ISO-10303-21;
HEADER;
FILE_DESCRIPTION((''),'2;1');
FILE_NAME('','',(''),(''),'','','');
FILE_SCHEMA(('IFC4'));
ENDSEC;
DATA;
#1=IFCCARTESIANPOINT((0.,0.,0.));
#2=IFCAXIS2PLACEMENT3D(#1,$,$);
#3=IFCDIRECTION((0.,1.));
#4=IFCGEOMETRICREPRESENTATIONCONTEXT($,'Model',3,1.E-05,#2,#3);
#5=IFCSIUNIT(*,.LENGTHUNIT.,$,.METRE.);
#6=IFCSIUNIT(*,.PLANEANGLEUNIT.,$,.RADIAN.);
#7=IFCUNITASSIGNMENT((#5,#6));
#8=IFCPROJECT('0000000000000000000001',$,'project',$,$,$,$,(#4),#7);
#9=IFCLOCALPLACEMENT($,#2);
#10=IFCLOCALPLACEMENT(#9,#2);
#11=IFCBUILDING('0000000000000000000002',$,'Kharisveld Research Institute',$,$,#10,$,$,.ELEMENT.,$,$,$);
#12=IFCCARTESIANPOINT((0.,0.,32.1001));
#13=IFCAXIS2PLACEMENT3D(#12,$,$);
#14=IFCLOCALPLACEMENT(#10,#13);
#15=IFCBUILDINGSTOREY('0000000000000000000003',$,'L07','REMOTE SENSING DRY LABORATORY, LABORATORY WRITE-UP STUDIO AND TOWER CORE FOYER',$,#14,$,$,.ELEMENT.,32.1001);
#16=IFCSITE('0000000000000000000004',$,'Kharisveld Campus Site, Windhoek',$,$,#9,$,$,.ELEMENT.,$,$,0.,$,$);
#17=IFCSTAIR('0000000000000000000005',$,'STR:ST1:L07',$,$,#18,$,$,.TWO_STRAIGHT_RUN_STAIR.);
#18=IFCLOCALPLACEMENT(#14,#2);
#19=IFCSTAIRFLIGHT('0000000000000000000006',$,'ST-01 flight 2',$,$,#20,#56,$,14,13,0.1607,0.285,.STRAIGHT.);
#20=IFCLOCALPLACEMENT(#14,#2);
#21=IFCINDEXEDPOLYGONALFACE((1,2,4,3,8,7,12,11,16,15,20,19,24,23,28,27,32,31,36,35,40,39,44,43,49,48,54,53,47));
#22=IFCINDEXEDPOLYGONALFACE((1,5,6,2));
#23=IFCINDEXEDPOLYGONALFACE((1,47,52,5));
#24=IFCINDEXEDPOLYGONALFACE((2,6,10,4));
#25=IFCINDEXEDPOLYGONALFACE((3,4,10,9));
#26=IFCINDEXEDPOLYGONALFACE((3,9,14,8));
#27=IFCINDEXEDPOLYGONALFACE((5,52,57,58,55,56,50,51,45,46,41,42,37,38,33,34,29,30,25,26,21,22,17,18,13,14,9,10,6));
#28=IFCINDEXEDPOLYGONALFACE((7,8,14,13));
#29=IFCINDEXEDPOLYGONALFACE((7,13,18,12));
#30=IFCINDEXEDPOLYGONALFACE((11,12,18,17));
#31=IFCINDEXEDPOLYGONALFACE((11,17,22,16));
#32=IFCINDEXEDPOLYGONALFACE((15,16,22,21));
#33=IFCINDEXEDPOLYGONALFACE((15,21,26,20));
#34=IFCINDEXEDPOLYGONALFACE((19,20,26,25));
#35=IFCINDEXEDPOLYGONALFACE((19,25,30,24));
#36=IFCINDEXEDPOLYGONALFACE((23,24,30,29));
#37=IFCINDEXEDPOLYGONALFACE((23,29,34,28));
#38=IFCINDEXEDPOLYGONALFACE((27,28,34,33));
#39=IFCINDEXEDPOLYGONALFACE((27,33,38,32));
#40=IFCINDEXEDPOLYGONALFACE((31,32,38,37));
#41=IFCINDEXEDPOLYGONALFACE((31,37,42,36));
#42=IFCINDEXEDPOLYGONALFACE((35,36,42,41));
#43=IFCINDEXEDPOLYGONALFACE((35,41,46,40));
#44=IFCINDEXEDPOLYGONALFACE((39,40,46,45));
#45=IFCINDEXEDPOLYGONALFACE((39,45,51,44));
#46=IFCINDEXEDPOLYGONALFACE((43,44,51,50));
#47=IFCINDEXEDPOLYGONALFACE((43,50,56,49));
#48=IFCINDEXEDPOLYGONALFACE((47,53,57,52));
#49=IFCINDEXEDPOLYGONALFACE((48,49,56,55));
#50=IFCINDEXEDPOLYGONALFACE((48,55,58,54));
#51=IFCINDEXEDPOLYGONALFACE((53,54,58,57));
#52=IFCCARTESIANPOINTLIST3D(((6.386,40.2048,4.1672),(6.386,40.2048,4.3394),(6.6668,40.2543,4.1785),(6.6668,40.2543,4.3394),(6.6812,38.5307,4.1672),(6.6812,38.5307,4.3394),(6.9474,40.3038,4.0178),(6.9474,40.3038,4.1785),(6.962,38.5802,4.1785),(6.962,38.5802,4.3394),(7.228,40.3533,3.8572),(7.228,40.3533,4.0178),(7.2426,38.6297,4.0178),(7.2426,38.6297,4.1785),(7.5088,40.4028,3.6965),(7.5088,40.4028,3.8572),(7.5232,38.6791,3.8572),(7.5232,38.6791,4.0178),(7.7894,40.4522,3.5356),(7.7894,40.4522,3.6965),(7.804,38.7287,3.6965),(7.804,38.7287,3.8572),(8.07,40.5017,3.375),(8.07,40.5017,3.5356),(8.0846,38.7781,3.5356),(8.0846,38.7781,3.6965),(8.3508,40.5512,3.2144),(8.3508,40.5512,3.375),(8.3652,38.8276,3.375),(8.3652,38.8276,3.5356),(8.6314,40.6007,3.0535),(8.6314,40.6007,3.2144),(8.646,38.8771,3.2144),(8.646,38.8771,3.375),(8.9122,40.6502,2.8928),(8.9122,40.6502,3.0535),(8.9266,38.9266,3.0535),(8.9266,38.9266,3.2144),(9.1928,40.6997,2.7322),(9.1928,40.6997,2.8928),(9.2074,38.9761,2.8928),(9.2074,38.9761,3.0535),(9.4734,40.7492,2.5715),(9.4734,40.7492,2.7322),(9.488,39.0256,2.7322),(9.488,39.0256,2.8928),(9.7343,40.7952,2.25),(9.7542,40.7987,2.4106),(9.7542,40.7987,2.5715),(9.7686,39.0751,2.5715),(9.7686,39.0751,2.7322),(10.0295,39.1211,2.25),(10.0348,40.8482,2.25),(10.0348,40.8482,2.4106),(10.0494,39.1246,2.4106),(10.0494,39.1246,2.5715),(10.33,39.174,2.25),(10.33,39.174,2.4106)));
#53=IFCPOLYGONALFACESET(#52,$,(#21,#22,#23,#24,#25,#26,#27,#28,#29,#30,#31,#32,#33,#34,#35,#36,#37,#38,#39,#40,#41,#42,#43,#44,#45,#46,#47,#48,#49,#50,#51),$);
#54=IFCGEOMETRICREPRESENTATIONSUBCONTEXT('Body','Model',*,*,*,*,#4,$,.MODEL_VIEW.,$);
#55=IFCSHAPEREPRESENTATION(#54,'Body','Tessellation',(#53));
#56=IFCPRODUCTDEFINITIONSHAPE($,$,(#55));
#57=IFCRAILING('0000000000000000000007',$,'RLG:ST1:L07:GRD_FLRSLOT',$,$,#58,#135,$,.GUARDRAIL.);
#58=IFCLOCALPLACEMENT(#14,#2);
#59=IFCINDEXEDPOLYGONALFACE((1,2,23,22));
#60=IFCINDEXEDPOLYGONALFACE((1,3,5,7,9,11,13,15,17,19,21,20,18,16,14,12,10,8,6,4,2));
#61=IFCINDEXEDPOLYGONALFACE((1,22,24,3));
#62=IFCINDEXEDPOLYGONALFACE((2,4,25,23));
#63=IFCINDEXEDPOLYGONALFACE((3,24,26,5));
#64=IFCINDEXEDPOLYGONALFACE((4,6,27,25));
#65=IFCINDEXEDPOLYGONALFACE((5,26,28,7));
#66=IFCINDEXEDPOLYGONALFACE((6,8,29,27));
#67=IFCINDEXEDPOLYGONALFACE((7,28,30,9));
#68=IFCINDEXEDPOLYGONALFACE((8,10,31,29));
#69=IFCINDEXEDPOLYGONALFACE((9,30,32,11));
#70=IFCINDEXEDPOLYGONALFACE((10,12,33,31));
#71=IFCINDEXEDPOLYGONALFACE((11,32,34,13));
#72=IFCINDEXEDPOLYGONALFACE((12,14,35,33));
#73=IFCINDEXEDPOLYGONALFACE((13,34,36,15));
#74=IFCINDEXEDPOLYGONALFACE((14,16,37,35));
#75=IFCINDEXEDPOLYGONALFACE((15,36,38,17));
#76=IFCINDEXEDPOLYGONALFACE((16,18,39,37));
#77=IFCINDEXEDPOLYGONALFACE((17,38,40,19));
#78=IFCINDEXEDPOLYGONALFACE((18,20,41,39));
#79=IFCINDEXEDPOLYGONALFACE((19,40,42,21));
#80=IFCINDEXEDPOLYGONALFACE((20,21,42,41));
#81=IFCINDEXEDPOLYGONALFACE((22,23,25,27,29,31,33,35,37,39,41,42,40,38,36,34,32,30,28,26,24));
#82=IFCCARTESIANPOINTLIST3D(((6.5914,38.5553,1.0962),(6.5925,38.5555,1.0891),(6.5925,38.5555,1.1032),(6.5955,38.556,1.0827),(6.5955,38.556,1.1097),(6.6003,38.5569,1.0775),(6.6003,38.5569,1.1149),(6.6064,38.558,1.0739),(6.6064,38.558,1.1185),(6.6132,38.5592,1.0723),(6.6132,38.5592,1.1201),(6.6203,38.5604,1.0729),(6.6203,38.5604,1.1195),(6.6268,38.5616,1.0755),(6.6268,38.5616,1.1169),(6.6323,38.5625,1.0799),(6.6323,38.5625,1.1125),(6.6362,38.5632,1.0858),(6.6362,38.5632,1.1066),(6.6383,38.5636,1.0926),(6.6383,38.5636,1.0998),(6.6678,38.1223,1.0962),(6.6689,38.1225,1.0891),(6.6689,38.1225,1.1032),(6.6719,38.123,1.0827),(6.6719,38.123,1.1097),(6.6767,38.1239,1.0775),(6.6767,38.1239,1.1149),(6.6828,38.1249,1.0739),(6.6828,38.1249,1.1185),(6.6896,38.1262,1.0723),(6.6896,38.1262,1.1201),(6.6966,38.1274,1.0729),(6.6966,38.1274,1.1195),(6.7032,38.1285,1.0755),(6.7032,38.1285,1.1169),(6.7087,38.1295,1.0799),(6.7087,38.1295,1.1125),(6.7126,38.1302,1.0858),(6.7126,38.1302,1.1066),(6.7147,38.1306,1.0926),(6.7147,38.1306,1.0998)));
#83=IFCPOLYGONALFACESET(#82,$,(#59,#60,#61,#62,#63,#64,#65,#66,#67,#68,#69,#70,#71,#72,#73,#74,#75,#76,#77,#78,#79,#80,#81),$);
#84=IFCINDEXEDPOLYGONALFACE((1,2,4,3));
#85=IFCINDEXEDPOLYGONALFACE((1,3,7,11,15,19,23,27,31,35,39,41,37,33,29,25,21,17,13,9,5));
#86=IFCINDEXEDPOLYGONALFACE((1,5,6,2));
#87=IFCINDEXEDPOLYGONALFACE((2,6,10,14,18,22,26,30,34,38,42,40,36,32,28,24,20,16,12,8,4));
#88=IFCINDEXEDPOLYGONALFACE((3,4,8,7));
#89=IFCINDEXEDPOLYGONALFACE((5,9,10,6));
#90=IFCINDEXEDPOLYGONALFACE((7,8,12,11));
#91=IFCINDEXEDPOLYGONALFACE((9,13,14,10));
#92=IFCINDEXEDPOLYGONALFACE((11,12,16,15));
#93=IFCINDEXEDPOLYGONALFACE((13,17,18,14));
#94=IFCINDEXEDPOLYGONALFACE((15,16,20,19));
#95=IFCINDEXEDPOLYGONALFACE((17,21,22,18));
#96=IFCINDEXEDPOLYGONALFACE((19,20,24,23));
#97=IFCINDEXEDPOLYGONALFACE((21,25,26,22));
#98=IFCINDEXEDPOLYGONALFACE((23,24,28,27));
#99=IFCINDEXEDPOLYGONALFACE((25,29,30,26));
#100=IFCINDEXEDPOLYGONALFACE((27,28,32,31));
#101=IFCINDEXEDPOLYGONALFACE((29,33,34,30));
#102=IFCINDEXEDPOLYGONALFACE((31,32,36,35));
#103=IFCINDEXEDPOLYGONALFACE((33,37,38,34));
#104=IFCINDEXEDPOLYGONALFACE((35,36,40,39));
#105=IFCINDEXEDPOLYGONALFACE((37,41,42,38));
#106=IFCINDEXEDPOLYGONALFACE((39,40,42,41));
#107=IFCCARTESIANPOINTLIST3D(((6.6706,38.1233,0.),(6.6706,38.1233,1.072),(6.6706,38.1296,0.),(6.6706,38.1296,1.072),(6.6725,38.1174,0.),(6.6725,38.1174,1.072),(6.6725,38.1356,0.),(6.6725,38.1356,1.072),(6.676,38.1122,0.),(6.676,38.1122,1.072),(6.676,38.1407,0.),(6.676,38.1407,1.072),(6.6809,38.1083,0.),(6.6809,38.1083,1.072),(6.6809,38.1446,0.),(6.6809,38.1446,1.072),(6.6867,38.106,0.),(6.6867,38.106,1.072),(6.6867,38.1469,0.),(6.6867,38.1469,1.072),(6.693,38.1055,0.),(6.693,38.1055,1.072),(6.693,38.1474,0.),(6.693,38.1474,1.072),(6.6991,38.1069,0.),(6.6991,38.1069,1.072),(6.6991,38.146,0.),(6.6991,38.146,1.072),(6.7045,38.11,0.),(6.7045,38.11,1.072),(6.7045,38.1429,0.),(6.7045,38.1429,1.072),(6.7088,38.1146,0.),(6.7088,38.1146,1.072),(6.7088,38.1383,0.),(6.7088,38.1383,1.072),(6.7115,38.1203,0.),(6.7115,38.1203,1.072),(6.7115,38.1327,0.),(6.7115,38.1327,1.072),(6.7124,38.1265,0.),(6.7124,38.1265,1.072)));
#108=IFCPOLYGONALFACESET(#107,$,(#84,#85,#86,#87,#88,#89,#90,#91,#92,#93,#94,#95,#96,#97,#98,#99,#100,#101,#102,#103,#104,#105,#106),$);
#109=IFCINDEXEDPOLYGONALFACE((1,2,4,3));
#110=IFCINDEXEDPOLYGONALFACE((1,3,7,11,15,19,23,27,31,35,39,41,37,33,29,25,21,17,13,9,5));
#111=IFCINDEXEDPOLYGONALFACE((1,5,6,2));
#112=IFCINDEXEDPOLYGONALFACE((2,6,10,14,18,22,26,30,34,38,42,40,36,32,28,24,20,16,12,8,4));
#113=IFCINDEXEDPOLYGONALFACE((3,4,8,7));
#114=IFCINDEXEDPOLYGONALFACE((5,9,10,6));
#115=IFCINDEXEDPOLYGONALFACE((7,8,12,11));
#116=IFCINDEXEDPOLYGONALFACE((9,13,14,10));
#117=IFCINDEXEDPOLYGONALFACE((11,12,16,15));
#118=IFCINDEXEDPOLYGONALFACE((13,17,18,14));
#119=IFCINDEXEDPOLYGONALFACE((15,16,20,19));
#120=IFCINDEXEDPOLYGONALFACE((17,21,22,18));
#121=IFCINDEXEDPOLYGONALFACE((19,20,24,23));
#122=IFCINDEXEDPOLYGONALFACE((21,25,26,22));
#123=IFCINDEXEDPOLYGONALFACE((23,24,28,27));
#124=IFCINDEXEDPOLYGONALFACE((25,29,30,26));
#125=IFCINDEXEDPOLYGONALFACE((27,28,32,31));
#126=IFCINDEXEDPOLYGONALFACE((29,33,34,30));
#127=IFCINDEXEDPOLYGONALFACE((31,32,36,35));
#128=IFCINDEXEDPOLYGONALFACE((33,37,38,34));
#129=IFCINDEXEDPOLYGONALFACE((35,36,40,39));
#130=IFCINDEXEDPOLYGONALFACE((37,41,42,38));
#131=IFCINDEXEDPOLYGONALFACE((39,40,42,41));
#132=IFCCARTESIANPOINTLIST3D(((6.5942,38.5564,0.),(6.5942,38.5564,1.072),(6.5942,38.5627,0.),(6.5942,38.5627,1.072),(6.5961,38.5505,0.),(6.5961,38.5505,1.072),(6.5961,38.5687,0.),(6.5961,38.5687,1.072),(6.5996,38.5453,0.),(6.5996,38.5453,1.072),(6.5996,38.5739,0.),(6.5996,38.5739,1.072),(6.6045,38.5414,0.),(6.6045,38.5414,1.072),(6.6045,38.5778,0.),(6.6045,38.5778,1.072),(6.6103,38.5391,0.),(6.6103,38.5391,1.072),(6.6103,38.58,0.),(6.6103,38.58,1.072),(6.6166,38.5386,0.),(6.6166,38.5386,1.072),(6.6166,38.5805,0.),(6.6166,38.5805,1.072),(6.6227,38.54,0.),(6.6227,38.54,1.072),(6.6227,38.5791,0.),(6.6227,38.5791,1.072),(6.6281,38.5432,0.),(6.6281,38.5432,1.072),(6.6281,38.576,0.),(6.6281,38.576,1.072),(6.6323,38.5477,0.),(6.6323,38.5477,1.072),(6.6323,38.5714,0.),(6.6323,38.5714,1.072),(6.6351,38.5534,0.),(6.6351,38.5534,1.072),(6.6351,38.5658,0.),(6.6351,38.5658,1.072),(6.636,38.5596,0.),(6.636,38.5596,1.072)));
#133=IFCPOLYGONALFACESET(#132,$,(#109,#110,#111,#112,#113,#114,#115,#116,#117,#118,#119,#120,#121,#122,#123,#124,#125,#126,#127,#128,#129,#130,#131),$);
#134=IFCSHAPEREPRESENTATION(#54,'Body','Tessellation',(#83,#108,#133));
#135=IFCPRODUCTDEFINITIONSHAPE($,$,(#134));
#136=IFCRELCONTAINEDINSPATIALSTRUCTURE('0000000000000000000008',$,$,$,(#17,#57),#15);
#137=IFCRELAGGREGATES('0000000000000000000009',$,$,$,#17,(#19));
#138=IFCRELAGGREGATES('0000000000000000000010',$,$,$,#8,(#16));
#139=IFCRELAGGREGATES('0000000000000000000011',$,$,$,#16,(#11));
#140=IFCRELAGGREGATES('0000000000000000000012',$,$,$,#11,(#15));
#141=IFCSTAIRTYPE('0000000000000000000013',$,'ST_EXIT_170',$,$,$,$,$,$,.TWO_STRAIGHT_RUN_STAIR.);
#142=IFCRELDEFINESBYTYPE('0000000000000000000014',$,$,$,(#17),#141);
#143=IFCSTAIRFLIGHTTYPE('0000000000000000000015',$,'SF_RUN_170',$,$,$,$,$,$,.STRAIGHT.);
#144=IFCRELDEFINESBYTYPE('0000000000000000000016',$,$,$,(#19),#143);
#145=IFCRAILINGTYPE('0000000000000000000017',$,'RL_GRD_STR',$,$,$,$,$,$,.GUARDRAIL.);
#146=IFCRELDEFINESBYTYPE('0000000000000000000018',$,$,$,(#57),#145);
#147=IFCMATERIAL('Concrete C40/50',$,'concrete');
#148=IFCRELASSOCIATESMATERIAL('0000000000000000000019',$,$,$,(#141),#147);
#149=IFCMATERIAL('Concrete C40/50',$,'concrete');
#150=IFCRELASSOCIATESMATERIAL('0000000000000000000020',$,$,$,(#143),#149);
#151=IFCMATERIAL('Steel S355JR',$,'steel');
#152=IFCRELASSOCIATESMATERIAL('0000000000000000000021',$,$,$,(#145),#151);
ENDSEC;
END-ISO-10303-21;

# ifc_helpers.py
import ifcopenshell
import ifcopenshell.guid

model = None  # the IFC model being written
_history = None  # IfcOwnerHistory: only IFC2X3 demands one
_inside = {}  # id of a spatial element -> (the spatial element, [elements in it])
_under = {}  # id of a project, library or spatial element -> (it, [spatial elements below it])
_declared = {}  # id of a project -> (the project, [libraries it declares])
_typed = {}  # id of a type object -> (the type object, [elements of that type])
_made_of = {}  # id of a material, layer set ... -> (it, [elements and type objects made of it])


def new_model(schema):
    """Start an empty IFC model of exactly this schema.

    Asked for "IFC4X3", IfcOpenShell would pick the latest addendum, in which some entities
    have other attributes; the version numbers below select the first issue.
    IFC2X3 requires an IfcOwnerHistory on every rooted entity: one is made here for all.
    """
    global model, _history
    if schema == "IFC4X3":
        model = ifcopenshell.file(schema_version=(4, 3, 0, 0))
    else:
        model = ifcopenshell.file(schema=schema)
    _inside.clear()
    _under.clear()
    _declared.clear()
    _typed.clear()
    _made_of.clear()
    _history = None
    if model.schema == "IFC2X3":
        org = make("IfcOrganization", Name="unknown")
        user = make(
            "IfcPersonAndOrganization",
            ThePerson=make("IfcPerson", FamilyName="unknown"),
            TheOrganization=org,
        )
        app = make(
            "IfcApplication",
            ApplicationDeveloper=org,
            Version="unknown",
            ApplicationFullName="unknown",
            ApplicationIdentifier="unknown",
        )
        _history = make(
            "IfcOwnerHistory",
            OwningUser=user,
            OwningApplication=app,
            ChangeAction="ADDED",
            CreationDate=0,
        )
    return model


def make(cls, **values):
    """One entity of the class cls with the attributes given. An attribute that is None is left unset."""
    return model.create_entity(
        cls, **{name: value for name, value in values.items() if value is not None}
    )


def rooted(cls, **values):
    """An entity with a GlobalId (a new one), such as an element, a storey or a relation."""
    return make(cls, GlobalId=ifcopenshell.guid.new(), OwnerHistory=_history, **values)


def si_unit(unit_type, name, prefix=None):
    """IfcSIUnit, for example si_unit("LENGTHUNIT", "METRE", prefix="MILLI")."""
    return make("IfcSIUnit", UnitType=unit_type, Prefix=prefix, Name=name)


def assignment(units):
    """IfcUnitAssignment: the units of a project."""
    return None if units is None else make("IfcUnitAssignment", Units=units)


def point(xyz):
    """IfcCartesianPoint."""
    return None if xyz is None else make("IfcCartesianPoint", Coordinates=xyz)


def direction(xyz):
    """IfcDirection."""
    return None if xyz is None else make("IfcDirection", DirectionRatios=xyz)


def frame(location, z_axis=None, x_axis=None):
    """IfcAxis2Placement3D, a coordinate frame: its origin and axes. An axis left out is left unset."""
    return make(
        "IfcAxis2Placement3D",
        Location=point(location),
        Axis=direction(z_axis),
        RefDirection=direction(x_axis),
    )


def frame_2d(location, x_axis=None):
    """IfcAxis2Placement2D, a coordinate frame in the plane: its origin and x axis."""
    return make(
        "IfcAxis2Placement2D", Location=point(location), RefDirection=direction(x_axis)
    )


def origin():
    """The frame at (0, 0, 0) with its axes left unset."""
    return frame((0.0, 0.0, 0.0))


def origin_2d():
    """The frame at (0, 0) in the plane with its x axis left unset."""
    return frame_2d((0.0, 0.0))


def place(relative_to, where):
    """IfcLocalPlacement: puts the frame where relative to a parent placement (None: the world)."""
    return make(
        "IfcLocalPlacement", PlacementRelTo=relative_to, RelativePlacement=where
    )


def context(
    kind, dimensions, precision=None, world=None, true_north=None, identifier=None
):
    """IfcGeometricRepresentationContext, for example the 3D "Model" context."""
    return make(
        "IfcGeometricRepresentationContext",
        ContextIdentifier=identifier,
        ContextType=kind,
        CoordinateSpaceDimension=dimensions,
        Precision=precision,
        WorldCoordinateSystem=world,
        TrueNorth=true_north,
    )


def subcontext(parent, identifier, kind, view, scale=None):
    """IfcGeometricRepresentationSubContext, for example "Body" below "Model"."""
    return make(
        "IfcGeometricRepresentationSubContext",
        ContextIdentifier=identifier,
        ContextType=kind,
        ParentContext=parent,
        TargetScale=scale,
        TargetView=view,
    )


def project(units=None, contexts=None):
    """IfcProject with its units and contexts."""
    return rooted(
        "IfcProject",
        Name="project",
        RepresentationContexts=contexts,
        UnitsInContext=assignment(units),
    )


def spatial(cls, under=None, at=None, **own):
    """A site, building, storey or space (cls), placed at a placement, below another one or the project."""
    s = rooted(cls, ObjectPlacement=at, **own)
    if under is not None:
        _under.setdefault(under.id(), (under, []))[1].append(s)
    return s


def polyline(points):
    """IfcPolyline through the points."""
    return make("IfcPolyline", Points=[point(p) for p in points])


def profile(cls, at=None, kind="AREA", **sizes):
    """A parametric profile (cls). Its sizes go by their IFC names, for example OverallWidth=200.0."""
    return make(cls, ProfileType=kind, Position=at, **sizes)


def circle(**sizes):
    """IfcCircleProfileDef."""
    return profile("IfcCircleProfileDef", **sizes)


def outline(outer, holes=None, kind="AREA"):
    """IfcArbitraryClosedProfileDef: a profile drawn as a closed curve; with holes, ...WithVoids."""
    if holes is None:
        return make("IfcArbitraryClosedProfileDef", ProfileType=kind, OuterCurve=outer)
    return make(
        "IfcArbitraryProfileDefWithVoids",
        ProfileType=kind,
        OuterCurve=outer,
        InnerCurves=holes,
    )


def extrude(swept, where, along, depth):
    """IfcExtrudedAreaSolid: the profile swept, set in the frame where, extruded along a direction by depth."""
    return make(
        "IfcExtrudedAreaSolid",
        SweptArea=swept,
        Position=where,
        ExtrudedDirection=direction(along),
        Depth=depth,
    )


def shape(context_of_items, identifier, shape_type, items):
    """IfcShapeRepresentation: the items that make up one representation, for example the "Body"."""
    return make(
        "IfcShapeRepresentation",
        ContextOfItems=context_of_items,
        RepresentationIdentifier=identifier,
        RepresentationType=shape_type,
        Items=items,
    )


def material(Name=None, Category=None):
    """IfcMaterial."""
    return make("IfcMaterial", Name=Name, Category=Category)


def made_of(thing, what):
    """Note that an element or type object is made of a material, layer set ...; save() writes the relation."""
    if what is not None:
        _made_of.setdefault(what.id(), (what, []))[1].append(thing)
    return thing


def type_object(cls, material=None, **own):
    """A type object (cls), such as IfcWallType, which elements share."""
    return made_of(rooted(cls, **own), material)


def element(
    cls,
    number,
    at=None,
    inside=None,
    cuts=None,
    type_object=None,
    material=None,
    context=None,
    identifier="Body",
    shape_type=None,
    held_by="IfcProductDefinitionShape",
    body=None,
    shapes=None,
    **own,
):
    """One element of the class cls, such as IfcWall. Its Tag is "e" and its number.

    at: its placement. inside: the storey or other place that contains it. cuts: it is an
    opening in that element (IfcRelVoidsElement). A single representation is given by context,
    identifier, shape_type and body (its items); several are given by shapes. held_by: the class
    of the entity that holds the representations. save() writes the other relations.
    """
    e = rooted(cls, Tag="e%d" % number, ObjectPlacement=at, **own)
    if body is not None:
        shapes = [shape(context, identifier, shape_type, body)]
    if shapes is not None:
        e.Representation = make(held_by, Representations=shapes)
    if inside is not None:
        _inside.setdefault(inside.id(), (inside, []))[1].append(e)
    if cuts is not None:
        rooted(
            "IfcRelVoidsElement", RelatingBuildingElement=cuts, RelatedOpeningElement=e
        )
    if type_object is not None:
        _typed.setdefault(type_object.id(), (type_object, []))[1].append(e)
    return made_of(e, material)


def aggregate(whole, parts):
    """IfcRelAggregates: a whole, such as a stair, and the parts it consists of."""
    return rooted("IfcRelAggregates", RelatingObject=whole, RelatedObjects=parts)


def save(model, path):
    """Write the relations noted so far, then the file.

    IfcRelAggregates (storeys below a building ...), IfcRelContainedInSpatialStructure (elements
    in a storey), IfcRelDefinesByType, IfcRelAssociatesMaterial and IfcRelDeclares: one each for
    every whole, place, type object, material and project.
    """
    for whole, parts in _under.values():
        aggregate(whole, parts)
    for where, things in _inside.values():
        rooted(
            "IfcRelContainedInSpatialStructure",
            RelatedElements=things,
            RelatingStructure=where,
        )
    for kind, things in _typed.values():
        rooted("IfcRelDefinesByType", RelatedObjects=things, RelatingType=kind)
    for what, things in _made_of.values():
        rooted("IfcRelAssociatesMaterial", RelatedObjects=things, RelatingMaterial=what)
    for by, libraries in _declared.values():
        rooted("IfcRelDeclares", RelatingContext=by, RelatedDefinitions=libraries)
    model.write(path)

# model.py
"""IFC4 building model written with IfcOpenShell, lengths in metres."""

from ifc_helpers import new_model, si_unit, direction, frame, origin, origin_2d, place, context, subcontext, project, spatial, polyline, circle, outline, extrude, material, type_object, element, aggregate, save


model = new_model("IFC4")

# Units and contexts
model_context = context("Model", 3, precision=1e-05, world=origin(), true_north=direction((0.0, 1.0)))
body_context = subcontext(model_context, "Body", "Model", "MODEL_VIEW")
ifc_project = project(units=[si_unit("LENGTHUNIT", "METRE"), si_unit("PLANEANGLEUNIT", "RADIAN")], contexts=[model_context])

# Site, building, storey
site_placement = place(None, origin())
site = spatial("IfcSite", under=ifc_project, at=site_placement, Name="Kharisveld Campus Site, Windhoek", CompositionType="ELEMENT", RefElevation=0.0)
building_placement = place(site_placement, origin())
building = spatial("IfcBuilding", under=site, at=building_placement, Name="Kharisveld Research Institute", CompositionType="ELEMENT")
storey_placement = place(building_placement, frame((0.0, 0.0, 32.1001)))
storey = spatial("IfcBuildingStorey", under=building, at=storey_placement, Name="L07", Description="REMOTE SENSING DRY LABORATORY, LABORATORY WRITE-UP STUDIO AND TOWER CORE FOYER", CompositionType="ELEMENT", Elevation=32.1001)

# Stair, stair flight
ifc_material_1 = material(Name="Concrete C40/50", Category="concrete")
stair_type = type_object("IfcStairType", Name="ST_EXIT_170", PredefinedType="TWO_STRAIGHT_RUN_STAIR", material=ifc_material_1)
stair_placement = place(storey_placement, origin())
stair = element("IfcStair", 1, at=stair_placement, inside=storey, type_object=stair_type, Name="STR:ST1:L07", PredefinedType="TWO_STRAIGHT_RUN_STAIR")
ifc_material_2 = material(Name="Concrete C40/50", Category="concrete")
stair_flight_type = type_object("IfcStairFlightType", Name="SF_RUN_170", PredefinedType="STRAIGHT", material=ifc_material_2)
stair_flight_1_placement = place(storey_placement, frame((10.1824, 40.0112, 2.25), z_axis=(0.0, 0.0, 1.0), x_axis=(-0.984808, -0.173648, 0.0)))
stair_flight_1 = element("IfcStairFlight", 2, at=stair_flight_1_placement, type_object=stair_flight_type, Name="ST-01 flight 2", NumberOfRisers=14, NumberOfTreads=13, PredefinedType="STRAIGHT", RiserHeight=0.1607, TreadLength=0.285, context=body_context, shape_type="SweptSolid", body=[
    extrude(outline(polyline([(0.0, 0.0), (0.0, 0.1606), (0.2849, 0.1606), (0.2849, 0.3215), (0.5701, 0.3215), (0.5701, 0.4822), (0.855, 0.4822), (0.855, 0.6428), (1.1399, 0.6428), (1.1399, 0.8035), (1.425, 0.8035), (1.425, 0.9644), (1.71, 0.9644), (1.71, 1.125), (1.9951, 1.125), (1.9951, 1.2856), (2.28, 1.2856), (2.28, 1.4465), (2.5649, 1.4465), (2.5649, 1.6072), (2.8501, 1.6072), (2.8501, 1.7678), (3.135, 1.7678), (3.135, 1.9285), (3.4199, 1.9285), (3.4199, 2.0894), (3.7051, 2.0894), (3.7051, 2.25), (3.7051, 1.9172), (0.3052, 0.0), (0.0, 0.0)])), frame((0.0, 0.8501, 0.0), z_axis=(0.0, -1.0, 0.0), x_axis=(1.0, 0.0, 0.0)), (0.0, 0.0, 1.0), 1.7),
])
aggregate(stair, [stair_flight_1])

# Railing
ifc_material_3 = material(Name="Steel S355JR", Category="steel")
railing_type_1 = type_object("IfcRailingType", Name="RL_GRD_STR", PredefinedType="GUARDRAIL", material=ifc_material_3)
railing_1_placement = place(storey_placement, frame((6.6914, 38.1265, 0.0)))
element("IfcRailing", 3, at=railing_1_placement, inside=storey, type_object=railing_type_1, Name="RLG:ST1:L07:GRD_FLRSLOT", PredefinedType="GUARDRAIL", context=body_context, shape_type="SweptSolid", body=[
    extrude(circle(Radius=0.0239, at=origin_2d()), frame((0.0, 0.0, 1.0962), z_axis=(-0.173754, 0.984789, 0.0), x_axis=(-0.984789, -0.173754, 0.0)), (0.0, 0.0, 1.0), 0.4397),
    extrude(circle(Radius=0.021, at=origin_2d()), origin(), (0.0, 0.0, 1.0), 1.072),
    extrude(circle(Radius=0.021, at=origin_2d()), frame((-0.0764, 0.4331, 0.0)), (0.0, 0.0, 1.0), 1.072),
])

save(model, "model.ifc")
